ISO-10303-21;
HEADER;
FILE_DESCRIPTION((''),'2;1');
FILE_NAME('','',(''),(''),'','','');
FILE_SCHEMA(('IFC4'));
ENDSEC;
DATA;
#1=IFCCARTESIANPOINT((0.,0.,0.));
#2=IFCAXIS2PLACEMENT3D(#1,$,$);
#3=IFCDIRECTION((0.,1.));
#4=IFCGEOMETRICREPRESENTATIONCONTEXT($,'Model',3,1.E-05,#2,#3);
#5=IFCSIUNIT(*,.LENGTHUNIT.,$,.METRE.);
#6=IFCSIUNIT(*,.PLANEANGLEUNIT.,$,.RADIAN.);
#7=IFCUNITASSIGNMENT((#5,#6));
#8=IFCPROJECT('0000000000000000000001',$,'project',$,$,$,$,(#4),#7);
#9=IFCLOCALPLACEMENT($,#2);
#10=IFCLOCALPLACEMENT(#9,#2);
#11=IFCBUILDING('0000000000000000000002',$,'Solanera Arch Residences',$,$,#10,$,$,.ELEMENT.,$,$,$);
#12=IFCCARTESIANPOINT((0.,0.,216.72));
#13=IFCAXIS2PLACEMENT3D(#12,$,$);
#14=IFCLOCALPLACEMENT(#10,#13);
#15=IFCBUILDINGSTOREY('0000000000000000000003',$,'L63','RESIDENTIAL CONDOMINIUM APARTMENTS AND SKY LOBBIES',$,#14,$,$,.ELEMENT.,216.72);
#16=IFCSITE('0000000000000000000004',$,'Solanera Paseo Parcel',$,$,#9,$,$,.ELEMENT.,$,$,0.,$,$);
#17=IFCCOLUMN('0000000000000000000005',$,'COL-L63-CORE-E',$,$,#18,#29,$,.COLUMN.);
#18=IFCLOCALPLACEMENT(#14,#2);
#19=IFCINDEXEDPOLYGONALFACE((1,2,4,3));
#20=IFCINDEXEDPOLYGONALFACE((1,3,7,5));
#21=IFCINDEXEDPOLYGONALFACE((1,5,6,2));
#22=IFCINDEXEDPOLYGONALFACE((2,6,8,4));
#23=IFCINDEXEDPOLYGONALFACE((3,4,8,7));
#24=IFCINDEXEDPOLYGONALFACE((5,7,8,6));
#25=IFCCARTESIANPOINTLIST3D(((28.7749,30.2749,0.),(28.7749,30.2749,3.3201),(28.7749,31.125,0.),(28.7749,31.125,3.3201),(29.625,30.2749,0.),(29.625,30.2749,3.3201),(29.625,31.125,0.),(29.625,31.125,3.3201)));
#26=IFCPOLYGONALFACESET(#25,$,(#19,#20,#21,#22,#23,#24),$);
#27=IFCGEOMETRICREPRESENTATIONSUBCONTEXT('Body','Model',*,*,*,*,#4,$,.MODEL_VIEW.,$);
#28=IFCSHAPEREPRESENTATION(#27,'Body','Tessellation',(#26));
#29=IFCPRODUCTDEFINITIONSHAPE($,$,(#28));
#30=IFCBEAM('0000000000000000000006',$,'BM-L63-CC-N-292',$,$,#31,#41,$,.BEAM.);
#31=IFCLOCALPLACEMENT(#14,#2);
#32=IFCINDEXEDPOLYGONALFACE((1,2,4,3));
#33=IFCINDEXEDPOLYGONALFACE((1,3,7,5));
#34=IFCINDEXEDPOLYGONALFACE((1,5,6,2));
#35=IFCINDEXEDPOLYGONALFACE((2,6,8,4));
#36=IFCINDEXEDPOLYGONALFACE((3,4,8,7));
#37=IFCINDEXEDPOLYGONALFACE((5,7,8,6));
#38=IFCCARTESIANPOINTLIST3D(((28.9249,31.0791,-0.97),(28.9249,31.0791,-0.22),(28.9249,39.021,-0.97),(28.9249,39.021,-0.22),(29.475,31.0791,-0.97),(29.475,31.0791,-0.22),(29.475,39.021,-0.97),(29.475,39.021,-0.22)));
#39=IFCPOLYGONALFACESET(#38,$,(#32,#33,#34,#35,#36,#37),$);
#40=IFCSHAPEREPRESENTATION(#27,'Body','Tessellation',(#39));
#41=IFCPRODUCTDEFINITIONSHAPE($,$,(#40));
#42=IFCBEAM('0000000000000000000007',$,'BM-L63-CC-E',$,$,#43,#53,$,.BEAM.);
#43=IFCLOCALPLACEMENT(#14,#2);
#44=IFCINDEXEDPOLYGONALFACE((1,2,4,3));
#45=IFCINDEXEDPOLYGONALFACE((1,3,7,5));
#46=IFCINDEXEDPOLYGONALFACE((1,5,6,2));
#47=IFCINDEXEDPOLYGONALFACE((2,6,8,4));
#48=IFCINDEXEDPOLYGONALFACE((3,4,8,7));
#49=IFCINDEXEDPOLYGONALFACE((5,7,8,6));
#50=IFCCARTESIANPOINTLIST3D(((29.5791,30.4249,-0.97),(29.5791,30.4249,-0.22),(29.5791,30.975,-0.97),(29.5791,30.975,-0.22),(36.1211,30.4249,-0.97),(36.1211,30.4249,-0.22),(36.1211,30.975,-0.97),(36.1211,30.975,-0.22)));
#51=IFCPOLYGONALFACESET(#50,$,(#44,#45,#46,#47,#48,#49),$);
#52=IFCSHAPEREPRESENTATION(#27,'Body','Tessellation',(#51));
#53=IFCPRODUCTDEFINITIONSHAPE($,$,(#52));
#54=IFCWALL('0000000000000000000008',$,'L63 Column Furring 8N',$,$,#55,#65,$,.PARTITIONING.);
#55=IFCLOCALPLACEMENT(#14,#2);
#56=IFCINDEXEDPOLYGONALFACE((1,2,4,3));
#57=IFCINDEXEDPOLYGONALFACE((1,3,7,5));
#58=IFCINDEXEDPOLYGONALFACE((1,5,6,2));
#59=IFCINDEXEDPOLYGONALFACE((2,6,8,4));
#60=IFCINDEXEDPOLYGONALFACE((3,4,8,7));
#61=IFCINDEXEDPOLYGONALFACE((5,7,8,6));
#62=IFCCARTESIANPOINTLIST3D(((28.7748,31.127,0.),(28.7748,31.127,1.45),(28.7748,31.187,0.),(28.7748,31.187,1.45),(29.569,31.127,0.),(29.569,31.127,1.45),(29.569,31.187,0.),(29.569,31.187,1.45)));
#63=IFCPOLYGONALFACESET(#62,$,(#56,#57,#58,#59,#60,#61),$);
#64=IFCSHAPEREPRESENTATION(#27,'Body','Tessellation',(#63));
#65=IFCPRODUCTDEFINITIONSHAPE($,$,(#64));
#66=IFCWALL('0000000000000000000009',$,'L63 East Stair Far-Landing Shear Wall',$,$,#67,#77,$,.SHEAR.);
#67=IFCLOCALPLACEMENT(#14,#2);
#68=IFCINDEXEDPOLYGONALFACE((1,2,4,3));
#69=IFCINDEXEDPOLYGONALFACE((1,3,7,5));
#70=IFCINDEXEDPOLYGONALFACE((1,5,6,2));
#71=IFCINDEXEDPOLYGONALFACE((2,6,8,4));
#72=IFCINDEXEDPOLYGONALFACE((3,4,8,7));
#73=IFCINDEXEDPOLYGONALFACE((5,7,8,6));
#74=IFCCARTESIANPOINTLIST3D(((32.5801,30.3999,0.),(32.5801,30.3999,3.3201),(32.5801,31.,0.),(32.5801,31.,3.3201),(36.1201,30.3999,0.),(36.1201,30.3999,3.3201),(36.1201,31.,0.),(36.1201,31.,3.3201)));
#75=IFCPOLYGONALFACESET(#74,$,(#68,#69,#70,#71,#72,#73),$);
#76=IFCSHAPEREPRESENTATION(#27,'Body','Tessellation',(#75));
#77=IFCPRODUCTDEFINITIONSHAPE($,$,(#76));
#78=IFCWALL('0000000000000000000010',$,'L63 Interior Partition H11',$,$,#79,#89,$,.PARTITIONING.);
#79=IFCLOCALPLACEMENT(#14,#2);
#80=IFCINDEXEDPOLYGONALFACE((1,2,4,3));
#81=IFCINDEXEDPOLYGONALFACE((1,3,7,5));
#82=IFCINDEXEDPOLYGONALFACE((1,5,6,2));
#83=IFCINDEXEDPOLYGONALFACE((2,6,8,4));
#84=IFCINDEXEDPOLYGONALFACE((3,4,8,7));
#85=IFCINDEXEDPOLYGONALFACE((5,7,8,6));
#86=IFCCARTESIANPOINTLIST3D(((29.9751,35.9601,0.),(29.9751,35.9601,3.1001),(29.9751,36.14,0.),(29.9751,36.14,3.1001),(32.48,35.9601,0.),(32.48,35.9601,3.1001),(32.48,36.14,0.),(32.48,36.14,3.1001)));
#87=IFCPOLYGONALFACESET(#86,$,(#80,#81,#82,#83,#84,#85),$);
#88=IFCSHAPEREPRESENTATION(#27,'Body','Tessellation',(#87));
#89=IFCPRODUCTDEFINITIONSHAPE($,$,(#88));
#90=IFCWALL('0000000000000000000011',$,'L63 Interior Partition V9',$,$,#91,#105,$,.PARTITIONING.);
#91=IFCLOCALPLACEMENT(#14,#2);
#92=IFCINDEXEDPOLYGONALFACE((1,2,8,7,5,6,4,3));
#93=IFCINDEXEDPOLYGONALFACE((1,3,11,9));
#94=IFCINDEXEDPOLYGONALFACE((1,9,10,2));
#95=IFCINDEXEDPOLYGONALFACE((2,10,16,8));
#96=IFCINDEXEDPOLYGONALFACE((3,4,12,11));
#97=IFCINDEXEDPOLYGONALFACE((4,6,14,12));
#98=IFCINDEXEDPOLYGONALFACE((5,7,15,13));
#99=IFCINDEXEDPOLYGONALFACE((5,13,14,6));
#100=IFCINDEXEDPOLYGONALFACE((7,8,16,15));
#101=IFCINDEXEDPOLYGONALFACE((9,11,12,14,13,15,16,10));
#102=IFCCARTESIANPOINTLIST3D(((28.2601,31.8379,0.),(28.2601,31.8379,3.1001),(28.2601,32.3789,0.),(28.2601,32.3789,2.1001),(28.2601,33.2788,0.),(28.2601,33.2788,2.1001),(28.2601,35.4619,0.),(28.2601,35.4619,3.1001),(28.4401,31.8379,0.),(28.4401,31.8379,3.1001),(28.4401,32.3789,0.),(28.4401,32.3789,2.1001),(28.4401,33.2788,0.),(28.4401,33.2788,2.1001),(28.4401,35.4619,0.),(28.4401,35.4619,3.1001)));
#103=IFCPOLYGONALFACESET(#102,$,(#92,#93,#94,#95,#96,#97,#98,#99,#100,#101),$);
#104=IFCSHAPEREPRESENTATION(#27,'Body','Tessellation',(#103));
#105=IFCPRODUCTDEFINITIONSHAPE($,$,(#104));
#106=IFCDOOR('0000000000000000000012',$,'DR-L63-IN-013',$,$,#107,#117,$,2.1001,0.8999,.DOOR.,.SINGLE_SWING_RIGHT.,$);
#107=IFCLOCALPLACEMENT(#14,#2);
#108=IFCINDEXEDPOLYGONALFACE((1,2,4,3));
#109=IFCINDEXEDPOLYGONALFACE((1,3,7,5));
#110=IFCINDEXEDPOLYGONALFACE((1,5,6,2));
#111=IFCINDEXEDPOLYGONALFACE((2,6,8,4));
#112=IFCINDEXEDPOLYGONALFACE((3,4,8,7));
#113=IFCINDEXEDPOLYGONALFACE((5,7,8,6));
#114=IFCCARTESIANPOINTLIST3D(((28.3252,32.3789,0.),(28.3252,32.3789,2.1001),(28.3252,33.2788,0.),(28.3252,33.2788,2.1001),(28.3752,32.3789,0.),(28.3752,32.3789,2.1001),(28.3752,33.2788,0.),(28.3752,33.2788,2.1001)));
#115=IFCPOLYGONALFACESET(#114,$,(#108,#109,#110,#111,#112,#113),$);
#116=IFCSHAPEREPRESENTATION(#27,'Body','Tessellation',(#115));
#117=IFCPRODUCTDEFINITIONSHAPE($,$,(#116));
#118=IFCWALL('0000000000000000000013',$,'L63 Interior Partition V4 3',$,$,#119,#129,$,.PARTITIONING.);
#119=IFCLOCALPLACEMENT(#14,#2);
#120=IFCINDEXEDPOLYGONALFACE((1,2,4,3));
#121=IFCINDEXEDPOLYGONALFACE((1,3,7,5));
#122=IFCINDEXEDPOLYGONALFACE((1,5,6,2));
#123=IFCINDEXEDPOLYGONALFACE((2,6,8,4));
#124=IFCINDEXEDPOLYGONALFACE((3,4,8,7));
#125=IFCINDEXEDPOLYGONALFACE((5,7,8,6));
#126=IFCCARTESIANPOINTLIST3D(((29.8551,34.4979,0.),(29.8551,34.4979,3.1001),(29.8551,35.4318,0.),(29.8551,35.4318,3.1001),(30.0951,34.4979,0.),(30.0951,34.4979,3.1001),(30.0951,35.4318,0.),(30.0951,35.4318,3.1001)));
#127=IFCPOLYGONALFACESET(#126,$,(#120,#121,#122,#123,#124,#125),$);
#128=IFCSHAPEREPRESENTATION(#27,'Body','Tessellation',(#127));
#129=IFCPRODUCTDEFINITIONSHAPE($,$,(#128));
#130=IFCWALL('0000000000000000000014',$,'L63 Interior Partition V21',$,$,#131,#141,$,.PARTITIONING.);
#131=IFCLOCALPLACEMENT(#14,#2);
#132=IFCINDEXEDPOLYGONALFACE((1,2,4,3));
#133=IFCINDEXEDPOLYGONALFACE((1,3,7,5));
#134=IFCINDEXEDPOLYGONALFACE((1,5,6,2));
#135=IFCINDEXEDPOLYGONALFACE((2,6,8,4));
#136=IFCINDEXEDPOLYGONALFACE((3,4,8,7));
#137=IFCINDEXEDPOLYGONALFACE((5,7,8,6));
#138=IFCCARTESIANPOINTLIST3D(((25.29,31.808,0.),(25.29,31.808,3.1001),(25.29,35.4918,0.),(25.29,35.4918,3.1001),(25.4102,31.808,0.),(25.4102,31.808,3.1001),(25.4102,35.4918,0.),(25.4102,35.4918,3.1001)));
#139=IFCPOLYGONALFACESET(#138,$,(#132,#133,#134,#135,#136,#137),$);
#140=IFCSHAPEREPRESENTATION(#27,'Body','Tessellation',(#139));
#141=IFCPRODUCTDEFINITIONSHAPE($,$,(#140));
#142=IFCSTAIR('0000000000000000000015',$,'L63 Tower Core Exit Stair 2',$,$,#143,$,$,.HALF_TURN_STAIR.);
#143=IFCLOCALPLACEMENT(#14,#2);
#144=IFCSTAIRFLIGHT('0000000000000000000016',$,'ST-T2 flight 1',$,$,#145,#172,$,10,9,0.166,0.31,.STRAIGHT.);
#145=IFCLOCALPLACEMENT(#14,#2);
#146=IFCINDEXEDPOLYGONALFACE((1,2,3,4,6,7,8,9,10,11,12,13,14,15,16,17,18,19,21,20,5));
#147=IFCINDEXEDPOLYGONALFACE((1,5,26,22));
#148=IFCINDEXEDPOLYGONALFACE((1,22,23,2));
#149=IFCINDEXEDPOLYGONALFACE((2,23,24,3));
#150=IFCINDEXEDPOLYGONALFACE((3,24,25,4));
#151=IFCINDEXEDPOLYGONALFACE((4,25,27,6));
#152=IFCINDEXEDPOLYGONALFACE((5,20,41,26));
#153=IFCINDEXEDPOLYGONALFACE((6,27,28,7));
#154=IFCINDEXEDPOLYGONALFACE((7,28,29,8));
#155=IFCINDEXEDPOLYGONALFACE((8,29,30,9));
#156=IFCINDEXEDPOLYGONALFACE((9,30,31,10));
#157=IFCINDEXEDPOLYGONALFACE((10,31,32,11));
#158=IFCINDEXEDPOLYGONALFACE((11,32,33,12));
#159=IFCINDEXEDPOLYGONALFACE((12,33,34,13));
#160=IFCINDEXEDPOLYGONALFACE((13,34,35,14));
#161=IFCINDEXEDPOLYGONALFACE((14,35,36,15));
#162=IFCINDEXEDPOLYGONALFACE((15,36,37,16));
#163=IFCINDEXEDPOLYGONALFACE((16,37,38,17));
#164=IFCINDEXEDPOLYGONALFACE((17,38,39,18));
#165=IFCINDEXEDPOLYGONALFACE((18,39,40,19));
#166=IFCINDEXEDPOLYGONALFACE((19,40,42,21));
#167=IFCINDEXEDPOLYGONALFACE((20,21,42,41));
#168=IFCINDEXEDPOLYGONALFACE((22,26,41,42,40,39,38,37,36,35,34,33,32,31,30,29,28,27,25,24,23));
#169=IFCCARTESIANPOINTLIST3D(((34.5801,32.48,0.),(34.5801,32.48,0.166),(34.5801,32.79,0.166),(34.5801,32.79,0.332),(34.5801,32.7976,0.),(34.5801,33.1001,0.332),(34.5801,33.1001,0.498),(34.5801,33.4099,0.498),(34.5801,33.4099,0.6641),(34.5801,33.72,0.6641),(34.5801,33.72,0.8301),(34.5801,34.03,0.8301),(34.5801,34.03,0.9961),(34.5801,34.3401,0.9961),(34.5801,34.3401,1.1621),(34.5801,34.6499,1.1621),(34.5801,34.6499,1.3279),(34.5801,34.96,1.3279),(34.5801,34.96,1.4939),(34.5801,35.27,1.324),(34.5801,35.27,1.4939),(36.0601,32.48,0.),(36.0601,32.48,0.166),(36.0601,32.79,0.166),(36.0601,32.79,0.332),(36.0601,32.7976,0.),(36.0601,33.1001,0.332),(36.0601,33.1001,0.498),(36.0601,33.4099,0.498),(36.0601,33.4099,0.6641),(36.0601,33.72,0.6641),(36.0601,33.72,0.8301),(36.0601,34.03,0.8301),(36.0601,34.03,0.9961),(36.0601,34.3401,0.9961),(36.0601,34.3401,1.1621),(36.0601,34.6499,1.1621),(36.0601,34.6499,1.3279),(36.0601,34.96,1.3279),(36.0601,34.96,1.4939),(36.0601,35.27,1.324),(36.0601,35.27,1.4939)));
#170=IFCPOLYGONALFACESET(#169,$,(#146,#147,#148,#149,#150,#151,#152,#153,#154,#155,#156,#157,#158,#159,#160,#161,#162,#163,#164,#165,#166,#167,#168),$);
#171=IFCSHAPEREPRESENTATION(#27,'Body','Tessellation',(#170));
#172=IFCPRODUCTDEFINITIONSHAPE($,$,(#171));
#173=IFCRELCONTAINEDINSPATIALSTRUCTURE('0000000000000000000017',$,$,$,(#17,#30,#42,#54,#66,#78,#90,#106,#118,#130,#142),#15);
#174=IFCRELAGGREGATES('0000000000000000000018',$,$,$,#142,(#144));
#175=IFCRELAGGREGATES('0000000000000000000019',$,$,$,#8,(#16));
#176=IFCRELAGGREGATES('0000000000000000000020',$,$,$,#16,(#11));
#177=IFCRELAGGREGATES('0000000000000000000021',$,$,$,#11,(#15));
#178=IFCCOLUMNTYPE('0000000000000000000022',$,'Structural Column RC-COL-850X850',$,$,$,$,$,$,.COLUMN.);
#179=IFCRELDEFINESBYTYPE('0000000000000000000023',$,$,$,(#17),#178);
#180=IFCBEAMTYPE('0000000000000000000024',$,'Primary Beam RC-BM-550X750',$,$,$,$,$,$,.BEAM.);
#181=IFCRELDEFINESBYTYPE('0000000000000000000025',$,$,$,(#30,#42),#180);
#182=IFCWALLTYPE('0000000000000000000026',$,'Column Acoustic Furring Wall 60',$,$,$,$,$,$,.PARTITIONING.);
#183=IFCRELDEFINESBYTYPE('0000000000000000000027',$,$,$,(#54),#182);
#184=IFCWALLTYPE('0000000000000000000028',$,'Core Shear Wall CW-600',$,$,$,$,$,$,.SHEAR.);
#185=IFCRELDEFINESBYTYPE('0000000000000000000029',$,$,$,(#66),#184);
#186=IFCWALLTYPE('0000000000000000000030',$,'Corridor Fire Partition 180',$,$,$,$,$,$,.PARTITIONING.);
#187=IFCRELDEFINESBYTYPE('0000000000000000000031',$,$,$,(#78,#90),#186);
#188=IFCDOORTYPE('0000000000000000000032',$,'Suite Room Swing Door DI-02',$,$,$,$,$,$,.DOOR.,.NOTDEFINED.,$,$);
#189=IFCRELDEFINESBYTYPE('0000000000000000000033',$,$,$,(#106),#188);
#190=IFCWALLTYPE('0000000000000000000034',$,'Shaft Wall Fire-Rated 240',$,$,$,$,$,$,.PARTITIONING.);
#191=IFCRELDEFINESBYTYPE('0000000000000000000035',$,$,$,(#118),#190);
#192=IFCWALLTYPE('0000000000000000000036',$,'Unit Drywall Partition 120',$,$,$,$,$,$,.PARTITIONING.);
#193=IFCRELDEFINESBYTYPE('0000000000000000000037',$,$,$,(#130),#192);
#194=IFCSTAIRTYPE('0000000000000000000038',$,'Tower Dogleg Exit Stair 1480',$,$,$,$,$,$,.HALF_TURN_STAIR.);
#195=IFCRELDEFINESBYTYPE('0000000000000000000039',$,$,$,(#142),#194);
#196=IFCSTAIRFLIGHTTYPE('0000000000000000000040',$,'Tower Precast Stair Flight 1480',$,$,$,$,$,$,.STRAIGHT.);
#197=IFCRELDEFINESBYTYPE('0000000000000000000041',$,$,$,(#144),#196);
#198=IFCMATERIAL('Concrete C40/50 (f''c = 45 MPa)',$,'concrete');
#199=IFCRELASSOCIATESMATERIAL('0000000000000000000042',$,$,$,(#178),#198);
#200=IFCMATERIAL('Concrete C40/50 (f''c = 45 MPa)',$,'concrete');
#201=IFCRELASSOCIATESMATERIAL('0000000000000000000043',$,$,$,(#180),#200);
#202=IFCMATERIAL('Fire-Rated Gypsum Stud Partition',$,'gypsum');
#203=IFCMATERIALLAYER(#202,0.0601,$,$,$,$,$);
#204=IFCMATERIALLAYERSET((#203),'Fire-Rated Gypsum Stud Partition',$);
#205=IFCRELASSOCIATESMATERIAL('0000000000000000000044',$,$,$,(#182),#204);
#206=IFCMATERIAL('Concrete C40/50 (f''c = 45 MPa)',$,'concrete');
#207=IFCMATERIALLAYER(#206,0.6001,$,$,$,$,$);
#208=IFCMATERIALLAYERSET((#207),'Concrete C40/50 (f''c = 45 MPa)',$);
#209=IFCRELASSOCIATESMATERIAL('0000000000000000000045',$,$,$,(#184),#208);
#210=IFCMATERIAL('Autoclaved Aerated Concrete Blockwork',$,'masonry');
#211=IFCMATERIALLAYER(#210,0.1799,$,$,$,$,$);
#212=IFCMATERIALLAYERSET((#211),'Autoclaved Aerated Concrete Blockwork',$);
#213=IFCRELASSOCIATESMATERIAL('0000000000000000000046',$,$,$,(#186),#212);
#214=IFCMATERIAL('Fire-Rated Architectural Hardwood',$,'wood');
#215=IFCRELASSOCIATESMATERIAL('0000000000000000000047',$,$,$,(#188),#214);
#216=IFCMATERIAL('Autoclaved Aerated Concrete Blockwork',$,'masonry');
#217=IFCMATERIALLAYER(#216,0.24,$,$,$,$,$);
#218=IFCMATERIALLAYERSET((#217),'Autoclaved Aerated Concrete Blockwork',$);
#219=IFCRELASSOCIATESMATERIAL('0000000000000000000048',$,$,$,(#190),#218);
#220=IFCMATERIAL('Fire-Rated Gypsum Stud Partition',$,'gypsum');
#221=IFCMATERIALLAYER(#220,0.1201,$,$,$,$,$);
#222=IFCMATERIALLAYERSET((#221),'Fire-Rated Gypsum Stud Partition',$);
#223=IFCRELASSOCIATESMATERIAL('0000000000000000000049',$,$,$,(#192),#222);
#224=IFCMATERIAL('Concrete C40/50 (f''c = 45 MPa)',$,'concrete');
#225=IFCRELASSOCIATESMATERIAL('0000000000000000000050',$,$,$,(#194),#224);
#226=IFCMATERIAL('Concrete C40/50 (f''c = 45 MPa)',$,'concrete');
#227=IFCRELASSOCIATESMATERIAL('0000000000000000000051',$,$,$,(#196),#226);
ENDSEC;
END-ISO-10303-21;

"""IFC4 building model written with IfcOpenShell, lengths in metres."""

from ifc_helpers import new_model, si_unit, direction, frame, frame_2d, origin, origin_2d, place, context, subcontext, project, spatial, polyline, rectangle, outline, extrude, material, layer, layer_set, material_profile, profile_set, type_object, element, fill, aggregate, save


model = new_model("IFC4")

# Units and contexts
model_context = context("Model", 3, precision=1e-05, world=origin(), true_north=direction((0.0, 1.0)))
body_context = subcontext(model_context, "Body", "Model", "MODEL_VIEW")
ifc_project = project(units=[si_unit("LENGTHUNIT", "METRE"), si_unit("PLANEANGLEUNIT", "RADIAN")], contexts=[model_context])

# Site, building, storey
site_placement = place(None, origin())
site = spatial("IfcSite", under=ifc_project, at=site_placement, Name="Solanera Paseo Parcel", CompositionType="ELEMENT", RefElevation=0.0)
building_placement = place(site_placement, origin())
building = spatial("IfcBuilding", under=site, at=building_placement, Name="Solanera Arch Residences", CompositionType="ELEMENT")
storey_placement = place(building_placement, frame((0.0, 0.0, 216.72)))
storey = spatial("IfcBuildingStorey", under=building, at=storey_placement, Name="L63", Description="RESIDENTIAL CONDOMINIUM APARTMENTS AND SKY LOBBIES", CompositionType="ELEMENT", Elevation=216.72)

# Column
ifc_material_1 = material(Name="Concrete C40/50 (f'c = 45 MPa)", Category="concrete")
ifc_material_profile_1 = material_profile(ifc_material_1, rectangle(XDim=0.8501, YDim=0.8501, at=origin_2d()))
ifc_profile_set_1 = profile_set([ifc_material_profile_1], Name="Concrete C40/50 (f'c = 45 MPa)")
column_type = type_object("IfcColumnType", Name="Structural Column RC-COL-850X850", PredefinedType="COLUMN", material=ifc_profile_set_1)
column_placement = place(storey_placement, frame((29.2, 30.7, 0.0), z_axis=(0.0, 0.0, 1.0), x_axis=(1.0, 0.0, 0.0)))
element("IfcColumn", 1, at=column_placement, inside=storey, type_object=column_type, Name="COL-L63-CORE-E", PredefinedType="COLUMN", context=body_context, shape_type="SweptSolid", body=[
    extrude(rectangle(XDim=0.8501, YDim=0.8501, at=origin_2d()), origin(), (0.0, 0.0, 1.0), 3.3201),
])

# Beams
ifc_material_2 = material(Name="Concrete C40/50 (f'c = 45 MPa)", Category="concrete")
ifc_material_profile_2 = material_profile(ifc_material_2, rectangle(XDim=0.55, YDim=0.75, at=origin_2d()))
ifc_profile_set_2 = profile_set([ifc_material_profile_2], Name="Concrete C40/50 (f'c = 45 MPa)")
beam_type = type_object("IfcBeamType", Name="Primary Beam RC-BM-550X750", PredefinedType="BEAM", material=ifc_profile_set_2)
beam_1_placement = place(storey_placement, frame((29.2, 31.0791, -0.595), z_axis=(0.0, 1.0, 0.0), x_axis=(-1.0, 0.0, 0.0)))
element("IfcBeam", 2, at=beam_1_placement, inside=storey, type_object=beam_type, Name="BM-L63-CC-N-292", PredefinedType="BEAM", context=body_context, shape_type="SweptSolid", body=[
    extrude(rectangle(XDim=0.55, YDim=0.75, at=origin_2d()), origin(), (0.0, 0.0, 1.0), 7.9419),
])
beam_2_placement = place(storey_placement, frame((29.5791, 30.7, -0.595), z_axis=(1.0, 0.0, 0.0), x_axis=(0.0, 1.0, 0.0)))
element("IfcBeam", 3, at=beam_2_placement, inside=storey, type_object=beam_type, Name="BM-L63-CC-E", PredefinedType="BEAM", context=body_context, shape_type="SweptSolid", body=[
    extrude(rectangle(XDim=0.55, YDim=0.75, at=origin_2d()), origin(), (0.0, 0.0, 1.0), 6.542),
])

# Wall
ifc_material_3 = material(Name="Fire-Rated Gypsum Stud Partition", Category="gypsum")
ifc_layer_1 = layer(ifc_material_3, 0.0601)
ifc_layer_set_1 = layer_set([ifc_layer_1], Name="Fire-Rated Gypsum Stud Partition")
wall_type_1 = type_object("IfcWallType", Name="Column Acoustic Furring Wall 60", PredefinedType="PARTITIONING", material=ifc_layer_set_1)
wall_1_placement = place(storey_placement, frame((28.7749, 31.157, 0.0), z_axis=(0.0, 0.0, 1.0), x_axis=(1.0, 0.0, 0.0)))
element("IfcWall", 4, at=wall_1_placement, inside=storey, type_object=wall_type_1, Name="L63 Column Furring 8N", PredefinedType="PARTITIONING", context=body_context, shape_type="SweptSolid", body=[
    extrude(rectangle(XDim=0.7942, YDim=0.0601, at=frame_2d((0.397, 0.0))), origin(), (0.0, 0.0, 1.0), 1.45),
])

# Walls
ifc_material_4 = material(Name="Concrete C40/50 (f'c = 45 MPa)", Category="concrete")
ifc_layer_2 = layer(ifc_material_4, 0.6001)
ifc_layer_set_2 = layer_set([ifc_layer_2], Name="Concrete C40/50 (f'c = 45 MPa)")
wall_type_2 = type_object("IfcWallType", Name="Core Shear Wall CW-600", PredefinedType="SHEAR", material=ifc_layer_set_2)
wall_2_placement = place(storey_placement, frame((32.5801, 30.7, 0.0), z_axis=(0.0, 0.0, 1.0), x_axis=(1.0, 0.0, 0.0)))
element("IfcWall", 5, at=wall_2_placement, inside=storey, type_object=wall_type_2, Name="L63 East Stair Far-Landing Shear Wall", PredefinedType="SHEAR", context=body_context, shape_type="SweptSolid", body=[
    extrude(rectangle(XDim=3.54, YDim=0.6001, at=frame_2d((1.77, 0.0))), origin(), (0.0, 0.0, 1.0), 3.3201),
])
ifc_material_5 = material(Name="Autoclaved Aerated Concrete Blockwork", Category="masonry")
ifc_layer_3 = layer(ifc_material_5, 0.1799)
ifc_layer_set_3 = layer_set([ifc_layer_3], Name="Autoclaved Aerated Concrete Blockwork")
wall_type_3 = type_object("IfcWallType", Name="Corridor Fire Partition 180", PredefinedType="PARTITIONING", material=ifc_layer_set_3)
wall_3_placement = place(storey_placement, frame((29.9751, 36.05, 0.0), z_axis=(0.0, 0.0, 1.0), x_axis=(1.0, 0.0, 0.0)))
element("IfcWall", 6, at=wall_3_placement, inside=storey, type_object=wall_type_3, Name="L63 Interior Partition H11", PredefinedType="PARTITIONING", context=body_context, shape_type="SweptSolid", body=[
    extrude(rectangle(XDim=2.5049, YDim=0.1799, at=frame_2d((1.2524, 0.0))), origin(), (0.0, 0.0, 1.0), 3.1001),
])

# Wall, opening, door
wall_4_placement = place(storey_placement, frame((28.3501, 31.8379, 0.0), z_axis=(0.0, 0.0, 1.0), x_axis=(0.0, 1.0, 0.0)))
wall_4 = element("IfcWall", 7, at=wall_4_placement, inside=storey, type_object=wall_type_3, Name="L63 Interior Partition V9", PredefinedType="PARTITIONING", context=body_context, shape_type="SweptSolid", body=[
    extrude(rectangle(XDim=3.624, YDim=0.1799, at=frame_2d((1.812, 0.0))), origin(), (0.0, 0.0, 1.0), 3.1001),
])
opening_1_placement = place(wall_4_placement, frame((0.541, 0.0, 0.0)))
opening_1 = element("IfcOpeningElement", 8, at=opening_1_placement, cuts=wall_4, PredefinedType="OPENING", context=body_context, shape_type="SweptSolid", body=[
    extrude(rectangle(XDim=0.8999, YDim=2.1001, at=frame_2d((0.45, 1.05))), frame((0.0, 0.1001, 0.0), z_axis=(0.0, -1.0, 0.0), x_axis=(1.0, 0.0, 0.0)), (0.0, 0.0, 1.0), 0.1999),
])
ifc_material_6 = material(Name="Fire-Rated Architectural Hardwood", Category="wood")
door_type_1 = type_object("IfcDoorType", Name="Suite Room Swing Door DI-02", OperationType="NOTDEFINED", PredefinedType="DOOR", material=ifc_material_6)
door_1_placement = place(opening_1_placement, origin())
door_1 = element("IfcDoor", 9, at=door_1_placement, inside=storey, type_object=door_type_1, Name="DR-L63-IN-013", OperationType="SINGLE_SWING_RIGHT", OverallHeight=2.1001, OverallWidth=0.8999, PredefinedType="DOOR", context=body_context, shape_type="SweptSolid", body=[
    extrude(rectangle(XDim=0.8999, YDim=2.1001, at=frame_2d((0.45, 1.05))), frame((0.0, 0.0249, 0.0), z_axis=(0.0, -1.0, 0.0), x_axis=(1.0, 0.0, 0.0)), (0.0, 0.0, 1.0), 0.05),
])
fill(opening_1, door_1)
ifc_material_7 = material(Name="Autoclaved Aerated Concrete Blockwork", Category="masonry")
ifc_layer_4 = layer(ifc_material_7, 0.24)
ifc_layer_set_4 = layer_set([ifc_layer_4], Name="Autoclaved Aerated Concrete Blockwork")
wall_type_4 = type_object("IfcWallType", Name="Shaft Wall Fire-Rated 240", PredefinedType="PARTITIONING", material=ifc_layer_set_4)

# Walls
wall_5_placement = place(storey_placement, frame((29.9751, 34.498, 0.0), z_axis=(0.0, 0.0, 1.0), x_axis=(0.0, 1.0, 0.0)))
element("IfcWall", 10, at=wall_5_placement, inside=storey, type_object=wall_type_4, Name="L63 Interior Partition V4 3", PredefinedType="PARTITIONING", context=body_context, shape_type="SweptSolid", body=[
    extrude(rectangle(XDim=0.9338, YDim=0.24, at=frame_2d((0.4668, 0.0))), origin(), (0.0, 0.0, 1.0), 3.1001),
])
ifc_material_8 = material(Name="Fire-Rated Gypsum Stud Partition", Category="gypsum")
ifc_layer_5 = layer(ifc_material_8, 0.1201)
ifc_layer_set_5 = layer_set([ifc_layer_5], Name="Fire-Rated Gypsum Stud Partition")
wall_type_5 = type_object("IfcWallType", Name="Unit Drywall Partition 120", PredefinedType="PARTITIONING", material=ifc_layer_set_5)
wall_6_placement = place(storey_placement, frame((25.3501, 31.8081, 0.0), z_axis=(0.0, 0.0, 1.0), x_axis=(0.0, 1.0, 0.0)))
element("IfcWall", 11, at=wall_6_placement, inside=storey, type_object=wall_type_5, Name="L63 Interior Partition V21", PredefinedType="PARTITIONING", context=body_context, shape_type="SweptSolid", body=[
    extrude(rectangle(XDim=3.6838, YDim=0.1201, at=frame_2d((1.8418, 0.0))), origin(), (0.0, 0.0, 1.0), 3.1001),
])

# Stair, stair flight
ifc_material_9 = material(Name="Concrete C40/50 (f'c = 45 MPa)", Category="concrete")
stair_type = type_object("IfcStairType", Name="Tower Dogleg Exit Stair 1480", PredefinedType="HALF_TURN_STAIR", material=ifc_material_9)
stair_placement = place(storey_placement, origin())
stair = element("IfcStair", 12, at=stair_placement, inside=storey, type_object=stair_type, Name="L63 Tower Core Exit Stair 2", PredefinedType="HALF_TURN_STAIR")
ifc_material_10 = material(Name="Concrete C40/50 (f'c = 45 MPa)", Category="concrete")
stair_flight_type = type_object("IfcStairFlightType", Name="Tower Precast Stair Flight 1480", PredefinedType="STRAIGHT", material=ifc_material_10)
stair_flight_1_placement = place(storey_placement, frame((35.3201, 32.48, 0.0), z_axis=(0.0, 0.0, 1.0), x_axis=(0.0, 1.0, 0.0)))
stair_flight_1 = element("IfcStairFlight", 13, at=stair_flight_1_placement, type_object=stair_flight_type, Name="ST-T2 flight 1", NumberOfRisers=10, NumberOfTreads=9, PredefinedType="STRAIGHT", RiserHeight=0.166, TreadLength=0.31, context=body_context, shape_type="SweptSolid", body=[
    extrude(outline(polyline([(0.0, 0.0), (0.0, 0.166), (0.3101, 0.166), (0.3101, 0.332), (0.6201, 0.332), (0.6201, 0.498), (0.9299, 0.498), (0.9299, 0.6641), (1.24, 0.6641), (1.24, 0.8301), (1.55, 0.8301), (1.55, 0.9961), (1.8601, 0.9961), (1.8601, 1.1621), (2.1699, 1.1621), (2.1699, 1.3279), (2.48, 1.3279), (2.48, 1.4939), (2.79, 1.4939), (2.79, 1.6599), (2.79, 1.324), (0.3176, 0.0), (0.0, 0.0)])), frame((0.0, 0.74, 0.0), z_axis=(0.0, -1.0, 0.0), x_axis=(1.0, 0.0, 0.0)), (0.0, 0.0, 1.0), 1.48),
])
aggregate(stair, [stair_flight_1])

save(model, "model.ifc")
